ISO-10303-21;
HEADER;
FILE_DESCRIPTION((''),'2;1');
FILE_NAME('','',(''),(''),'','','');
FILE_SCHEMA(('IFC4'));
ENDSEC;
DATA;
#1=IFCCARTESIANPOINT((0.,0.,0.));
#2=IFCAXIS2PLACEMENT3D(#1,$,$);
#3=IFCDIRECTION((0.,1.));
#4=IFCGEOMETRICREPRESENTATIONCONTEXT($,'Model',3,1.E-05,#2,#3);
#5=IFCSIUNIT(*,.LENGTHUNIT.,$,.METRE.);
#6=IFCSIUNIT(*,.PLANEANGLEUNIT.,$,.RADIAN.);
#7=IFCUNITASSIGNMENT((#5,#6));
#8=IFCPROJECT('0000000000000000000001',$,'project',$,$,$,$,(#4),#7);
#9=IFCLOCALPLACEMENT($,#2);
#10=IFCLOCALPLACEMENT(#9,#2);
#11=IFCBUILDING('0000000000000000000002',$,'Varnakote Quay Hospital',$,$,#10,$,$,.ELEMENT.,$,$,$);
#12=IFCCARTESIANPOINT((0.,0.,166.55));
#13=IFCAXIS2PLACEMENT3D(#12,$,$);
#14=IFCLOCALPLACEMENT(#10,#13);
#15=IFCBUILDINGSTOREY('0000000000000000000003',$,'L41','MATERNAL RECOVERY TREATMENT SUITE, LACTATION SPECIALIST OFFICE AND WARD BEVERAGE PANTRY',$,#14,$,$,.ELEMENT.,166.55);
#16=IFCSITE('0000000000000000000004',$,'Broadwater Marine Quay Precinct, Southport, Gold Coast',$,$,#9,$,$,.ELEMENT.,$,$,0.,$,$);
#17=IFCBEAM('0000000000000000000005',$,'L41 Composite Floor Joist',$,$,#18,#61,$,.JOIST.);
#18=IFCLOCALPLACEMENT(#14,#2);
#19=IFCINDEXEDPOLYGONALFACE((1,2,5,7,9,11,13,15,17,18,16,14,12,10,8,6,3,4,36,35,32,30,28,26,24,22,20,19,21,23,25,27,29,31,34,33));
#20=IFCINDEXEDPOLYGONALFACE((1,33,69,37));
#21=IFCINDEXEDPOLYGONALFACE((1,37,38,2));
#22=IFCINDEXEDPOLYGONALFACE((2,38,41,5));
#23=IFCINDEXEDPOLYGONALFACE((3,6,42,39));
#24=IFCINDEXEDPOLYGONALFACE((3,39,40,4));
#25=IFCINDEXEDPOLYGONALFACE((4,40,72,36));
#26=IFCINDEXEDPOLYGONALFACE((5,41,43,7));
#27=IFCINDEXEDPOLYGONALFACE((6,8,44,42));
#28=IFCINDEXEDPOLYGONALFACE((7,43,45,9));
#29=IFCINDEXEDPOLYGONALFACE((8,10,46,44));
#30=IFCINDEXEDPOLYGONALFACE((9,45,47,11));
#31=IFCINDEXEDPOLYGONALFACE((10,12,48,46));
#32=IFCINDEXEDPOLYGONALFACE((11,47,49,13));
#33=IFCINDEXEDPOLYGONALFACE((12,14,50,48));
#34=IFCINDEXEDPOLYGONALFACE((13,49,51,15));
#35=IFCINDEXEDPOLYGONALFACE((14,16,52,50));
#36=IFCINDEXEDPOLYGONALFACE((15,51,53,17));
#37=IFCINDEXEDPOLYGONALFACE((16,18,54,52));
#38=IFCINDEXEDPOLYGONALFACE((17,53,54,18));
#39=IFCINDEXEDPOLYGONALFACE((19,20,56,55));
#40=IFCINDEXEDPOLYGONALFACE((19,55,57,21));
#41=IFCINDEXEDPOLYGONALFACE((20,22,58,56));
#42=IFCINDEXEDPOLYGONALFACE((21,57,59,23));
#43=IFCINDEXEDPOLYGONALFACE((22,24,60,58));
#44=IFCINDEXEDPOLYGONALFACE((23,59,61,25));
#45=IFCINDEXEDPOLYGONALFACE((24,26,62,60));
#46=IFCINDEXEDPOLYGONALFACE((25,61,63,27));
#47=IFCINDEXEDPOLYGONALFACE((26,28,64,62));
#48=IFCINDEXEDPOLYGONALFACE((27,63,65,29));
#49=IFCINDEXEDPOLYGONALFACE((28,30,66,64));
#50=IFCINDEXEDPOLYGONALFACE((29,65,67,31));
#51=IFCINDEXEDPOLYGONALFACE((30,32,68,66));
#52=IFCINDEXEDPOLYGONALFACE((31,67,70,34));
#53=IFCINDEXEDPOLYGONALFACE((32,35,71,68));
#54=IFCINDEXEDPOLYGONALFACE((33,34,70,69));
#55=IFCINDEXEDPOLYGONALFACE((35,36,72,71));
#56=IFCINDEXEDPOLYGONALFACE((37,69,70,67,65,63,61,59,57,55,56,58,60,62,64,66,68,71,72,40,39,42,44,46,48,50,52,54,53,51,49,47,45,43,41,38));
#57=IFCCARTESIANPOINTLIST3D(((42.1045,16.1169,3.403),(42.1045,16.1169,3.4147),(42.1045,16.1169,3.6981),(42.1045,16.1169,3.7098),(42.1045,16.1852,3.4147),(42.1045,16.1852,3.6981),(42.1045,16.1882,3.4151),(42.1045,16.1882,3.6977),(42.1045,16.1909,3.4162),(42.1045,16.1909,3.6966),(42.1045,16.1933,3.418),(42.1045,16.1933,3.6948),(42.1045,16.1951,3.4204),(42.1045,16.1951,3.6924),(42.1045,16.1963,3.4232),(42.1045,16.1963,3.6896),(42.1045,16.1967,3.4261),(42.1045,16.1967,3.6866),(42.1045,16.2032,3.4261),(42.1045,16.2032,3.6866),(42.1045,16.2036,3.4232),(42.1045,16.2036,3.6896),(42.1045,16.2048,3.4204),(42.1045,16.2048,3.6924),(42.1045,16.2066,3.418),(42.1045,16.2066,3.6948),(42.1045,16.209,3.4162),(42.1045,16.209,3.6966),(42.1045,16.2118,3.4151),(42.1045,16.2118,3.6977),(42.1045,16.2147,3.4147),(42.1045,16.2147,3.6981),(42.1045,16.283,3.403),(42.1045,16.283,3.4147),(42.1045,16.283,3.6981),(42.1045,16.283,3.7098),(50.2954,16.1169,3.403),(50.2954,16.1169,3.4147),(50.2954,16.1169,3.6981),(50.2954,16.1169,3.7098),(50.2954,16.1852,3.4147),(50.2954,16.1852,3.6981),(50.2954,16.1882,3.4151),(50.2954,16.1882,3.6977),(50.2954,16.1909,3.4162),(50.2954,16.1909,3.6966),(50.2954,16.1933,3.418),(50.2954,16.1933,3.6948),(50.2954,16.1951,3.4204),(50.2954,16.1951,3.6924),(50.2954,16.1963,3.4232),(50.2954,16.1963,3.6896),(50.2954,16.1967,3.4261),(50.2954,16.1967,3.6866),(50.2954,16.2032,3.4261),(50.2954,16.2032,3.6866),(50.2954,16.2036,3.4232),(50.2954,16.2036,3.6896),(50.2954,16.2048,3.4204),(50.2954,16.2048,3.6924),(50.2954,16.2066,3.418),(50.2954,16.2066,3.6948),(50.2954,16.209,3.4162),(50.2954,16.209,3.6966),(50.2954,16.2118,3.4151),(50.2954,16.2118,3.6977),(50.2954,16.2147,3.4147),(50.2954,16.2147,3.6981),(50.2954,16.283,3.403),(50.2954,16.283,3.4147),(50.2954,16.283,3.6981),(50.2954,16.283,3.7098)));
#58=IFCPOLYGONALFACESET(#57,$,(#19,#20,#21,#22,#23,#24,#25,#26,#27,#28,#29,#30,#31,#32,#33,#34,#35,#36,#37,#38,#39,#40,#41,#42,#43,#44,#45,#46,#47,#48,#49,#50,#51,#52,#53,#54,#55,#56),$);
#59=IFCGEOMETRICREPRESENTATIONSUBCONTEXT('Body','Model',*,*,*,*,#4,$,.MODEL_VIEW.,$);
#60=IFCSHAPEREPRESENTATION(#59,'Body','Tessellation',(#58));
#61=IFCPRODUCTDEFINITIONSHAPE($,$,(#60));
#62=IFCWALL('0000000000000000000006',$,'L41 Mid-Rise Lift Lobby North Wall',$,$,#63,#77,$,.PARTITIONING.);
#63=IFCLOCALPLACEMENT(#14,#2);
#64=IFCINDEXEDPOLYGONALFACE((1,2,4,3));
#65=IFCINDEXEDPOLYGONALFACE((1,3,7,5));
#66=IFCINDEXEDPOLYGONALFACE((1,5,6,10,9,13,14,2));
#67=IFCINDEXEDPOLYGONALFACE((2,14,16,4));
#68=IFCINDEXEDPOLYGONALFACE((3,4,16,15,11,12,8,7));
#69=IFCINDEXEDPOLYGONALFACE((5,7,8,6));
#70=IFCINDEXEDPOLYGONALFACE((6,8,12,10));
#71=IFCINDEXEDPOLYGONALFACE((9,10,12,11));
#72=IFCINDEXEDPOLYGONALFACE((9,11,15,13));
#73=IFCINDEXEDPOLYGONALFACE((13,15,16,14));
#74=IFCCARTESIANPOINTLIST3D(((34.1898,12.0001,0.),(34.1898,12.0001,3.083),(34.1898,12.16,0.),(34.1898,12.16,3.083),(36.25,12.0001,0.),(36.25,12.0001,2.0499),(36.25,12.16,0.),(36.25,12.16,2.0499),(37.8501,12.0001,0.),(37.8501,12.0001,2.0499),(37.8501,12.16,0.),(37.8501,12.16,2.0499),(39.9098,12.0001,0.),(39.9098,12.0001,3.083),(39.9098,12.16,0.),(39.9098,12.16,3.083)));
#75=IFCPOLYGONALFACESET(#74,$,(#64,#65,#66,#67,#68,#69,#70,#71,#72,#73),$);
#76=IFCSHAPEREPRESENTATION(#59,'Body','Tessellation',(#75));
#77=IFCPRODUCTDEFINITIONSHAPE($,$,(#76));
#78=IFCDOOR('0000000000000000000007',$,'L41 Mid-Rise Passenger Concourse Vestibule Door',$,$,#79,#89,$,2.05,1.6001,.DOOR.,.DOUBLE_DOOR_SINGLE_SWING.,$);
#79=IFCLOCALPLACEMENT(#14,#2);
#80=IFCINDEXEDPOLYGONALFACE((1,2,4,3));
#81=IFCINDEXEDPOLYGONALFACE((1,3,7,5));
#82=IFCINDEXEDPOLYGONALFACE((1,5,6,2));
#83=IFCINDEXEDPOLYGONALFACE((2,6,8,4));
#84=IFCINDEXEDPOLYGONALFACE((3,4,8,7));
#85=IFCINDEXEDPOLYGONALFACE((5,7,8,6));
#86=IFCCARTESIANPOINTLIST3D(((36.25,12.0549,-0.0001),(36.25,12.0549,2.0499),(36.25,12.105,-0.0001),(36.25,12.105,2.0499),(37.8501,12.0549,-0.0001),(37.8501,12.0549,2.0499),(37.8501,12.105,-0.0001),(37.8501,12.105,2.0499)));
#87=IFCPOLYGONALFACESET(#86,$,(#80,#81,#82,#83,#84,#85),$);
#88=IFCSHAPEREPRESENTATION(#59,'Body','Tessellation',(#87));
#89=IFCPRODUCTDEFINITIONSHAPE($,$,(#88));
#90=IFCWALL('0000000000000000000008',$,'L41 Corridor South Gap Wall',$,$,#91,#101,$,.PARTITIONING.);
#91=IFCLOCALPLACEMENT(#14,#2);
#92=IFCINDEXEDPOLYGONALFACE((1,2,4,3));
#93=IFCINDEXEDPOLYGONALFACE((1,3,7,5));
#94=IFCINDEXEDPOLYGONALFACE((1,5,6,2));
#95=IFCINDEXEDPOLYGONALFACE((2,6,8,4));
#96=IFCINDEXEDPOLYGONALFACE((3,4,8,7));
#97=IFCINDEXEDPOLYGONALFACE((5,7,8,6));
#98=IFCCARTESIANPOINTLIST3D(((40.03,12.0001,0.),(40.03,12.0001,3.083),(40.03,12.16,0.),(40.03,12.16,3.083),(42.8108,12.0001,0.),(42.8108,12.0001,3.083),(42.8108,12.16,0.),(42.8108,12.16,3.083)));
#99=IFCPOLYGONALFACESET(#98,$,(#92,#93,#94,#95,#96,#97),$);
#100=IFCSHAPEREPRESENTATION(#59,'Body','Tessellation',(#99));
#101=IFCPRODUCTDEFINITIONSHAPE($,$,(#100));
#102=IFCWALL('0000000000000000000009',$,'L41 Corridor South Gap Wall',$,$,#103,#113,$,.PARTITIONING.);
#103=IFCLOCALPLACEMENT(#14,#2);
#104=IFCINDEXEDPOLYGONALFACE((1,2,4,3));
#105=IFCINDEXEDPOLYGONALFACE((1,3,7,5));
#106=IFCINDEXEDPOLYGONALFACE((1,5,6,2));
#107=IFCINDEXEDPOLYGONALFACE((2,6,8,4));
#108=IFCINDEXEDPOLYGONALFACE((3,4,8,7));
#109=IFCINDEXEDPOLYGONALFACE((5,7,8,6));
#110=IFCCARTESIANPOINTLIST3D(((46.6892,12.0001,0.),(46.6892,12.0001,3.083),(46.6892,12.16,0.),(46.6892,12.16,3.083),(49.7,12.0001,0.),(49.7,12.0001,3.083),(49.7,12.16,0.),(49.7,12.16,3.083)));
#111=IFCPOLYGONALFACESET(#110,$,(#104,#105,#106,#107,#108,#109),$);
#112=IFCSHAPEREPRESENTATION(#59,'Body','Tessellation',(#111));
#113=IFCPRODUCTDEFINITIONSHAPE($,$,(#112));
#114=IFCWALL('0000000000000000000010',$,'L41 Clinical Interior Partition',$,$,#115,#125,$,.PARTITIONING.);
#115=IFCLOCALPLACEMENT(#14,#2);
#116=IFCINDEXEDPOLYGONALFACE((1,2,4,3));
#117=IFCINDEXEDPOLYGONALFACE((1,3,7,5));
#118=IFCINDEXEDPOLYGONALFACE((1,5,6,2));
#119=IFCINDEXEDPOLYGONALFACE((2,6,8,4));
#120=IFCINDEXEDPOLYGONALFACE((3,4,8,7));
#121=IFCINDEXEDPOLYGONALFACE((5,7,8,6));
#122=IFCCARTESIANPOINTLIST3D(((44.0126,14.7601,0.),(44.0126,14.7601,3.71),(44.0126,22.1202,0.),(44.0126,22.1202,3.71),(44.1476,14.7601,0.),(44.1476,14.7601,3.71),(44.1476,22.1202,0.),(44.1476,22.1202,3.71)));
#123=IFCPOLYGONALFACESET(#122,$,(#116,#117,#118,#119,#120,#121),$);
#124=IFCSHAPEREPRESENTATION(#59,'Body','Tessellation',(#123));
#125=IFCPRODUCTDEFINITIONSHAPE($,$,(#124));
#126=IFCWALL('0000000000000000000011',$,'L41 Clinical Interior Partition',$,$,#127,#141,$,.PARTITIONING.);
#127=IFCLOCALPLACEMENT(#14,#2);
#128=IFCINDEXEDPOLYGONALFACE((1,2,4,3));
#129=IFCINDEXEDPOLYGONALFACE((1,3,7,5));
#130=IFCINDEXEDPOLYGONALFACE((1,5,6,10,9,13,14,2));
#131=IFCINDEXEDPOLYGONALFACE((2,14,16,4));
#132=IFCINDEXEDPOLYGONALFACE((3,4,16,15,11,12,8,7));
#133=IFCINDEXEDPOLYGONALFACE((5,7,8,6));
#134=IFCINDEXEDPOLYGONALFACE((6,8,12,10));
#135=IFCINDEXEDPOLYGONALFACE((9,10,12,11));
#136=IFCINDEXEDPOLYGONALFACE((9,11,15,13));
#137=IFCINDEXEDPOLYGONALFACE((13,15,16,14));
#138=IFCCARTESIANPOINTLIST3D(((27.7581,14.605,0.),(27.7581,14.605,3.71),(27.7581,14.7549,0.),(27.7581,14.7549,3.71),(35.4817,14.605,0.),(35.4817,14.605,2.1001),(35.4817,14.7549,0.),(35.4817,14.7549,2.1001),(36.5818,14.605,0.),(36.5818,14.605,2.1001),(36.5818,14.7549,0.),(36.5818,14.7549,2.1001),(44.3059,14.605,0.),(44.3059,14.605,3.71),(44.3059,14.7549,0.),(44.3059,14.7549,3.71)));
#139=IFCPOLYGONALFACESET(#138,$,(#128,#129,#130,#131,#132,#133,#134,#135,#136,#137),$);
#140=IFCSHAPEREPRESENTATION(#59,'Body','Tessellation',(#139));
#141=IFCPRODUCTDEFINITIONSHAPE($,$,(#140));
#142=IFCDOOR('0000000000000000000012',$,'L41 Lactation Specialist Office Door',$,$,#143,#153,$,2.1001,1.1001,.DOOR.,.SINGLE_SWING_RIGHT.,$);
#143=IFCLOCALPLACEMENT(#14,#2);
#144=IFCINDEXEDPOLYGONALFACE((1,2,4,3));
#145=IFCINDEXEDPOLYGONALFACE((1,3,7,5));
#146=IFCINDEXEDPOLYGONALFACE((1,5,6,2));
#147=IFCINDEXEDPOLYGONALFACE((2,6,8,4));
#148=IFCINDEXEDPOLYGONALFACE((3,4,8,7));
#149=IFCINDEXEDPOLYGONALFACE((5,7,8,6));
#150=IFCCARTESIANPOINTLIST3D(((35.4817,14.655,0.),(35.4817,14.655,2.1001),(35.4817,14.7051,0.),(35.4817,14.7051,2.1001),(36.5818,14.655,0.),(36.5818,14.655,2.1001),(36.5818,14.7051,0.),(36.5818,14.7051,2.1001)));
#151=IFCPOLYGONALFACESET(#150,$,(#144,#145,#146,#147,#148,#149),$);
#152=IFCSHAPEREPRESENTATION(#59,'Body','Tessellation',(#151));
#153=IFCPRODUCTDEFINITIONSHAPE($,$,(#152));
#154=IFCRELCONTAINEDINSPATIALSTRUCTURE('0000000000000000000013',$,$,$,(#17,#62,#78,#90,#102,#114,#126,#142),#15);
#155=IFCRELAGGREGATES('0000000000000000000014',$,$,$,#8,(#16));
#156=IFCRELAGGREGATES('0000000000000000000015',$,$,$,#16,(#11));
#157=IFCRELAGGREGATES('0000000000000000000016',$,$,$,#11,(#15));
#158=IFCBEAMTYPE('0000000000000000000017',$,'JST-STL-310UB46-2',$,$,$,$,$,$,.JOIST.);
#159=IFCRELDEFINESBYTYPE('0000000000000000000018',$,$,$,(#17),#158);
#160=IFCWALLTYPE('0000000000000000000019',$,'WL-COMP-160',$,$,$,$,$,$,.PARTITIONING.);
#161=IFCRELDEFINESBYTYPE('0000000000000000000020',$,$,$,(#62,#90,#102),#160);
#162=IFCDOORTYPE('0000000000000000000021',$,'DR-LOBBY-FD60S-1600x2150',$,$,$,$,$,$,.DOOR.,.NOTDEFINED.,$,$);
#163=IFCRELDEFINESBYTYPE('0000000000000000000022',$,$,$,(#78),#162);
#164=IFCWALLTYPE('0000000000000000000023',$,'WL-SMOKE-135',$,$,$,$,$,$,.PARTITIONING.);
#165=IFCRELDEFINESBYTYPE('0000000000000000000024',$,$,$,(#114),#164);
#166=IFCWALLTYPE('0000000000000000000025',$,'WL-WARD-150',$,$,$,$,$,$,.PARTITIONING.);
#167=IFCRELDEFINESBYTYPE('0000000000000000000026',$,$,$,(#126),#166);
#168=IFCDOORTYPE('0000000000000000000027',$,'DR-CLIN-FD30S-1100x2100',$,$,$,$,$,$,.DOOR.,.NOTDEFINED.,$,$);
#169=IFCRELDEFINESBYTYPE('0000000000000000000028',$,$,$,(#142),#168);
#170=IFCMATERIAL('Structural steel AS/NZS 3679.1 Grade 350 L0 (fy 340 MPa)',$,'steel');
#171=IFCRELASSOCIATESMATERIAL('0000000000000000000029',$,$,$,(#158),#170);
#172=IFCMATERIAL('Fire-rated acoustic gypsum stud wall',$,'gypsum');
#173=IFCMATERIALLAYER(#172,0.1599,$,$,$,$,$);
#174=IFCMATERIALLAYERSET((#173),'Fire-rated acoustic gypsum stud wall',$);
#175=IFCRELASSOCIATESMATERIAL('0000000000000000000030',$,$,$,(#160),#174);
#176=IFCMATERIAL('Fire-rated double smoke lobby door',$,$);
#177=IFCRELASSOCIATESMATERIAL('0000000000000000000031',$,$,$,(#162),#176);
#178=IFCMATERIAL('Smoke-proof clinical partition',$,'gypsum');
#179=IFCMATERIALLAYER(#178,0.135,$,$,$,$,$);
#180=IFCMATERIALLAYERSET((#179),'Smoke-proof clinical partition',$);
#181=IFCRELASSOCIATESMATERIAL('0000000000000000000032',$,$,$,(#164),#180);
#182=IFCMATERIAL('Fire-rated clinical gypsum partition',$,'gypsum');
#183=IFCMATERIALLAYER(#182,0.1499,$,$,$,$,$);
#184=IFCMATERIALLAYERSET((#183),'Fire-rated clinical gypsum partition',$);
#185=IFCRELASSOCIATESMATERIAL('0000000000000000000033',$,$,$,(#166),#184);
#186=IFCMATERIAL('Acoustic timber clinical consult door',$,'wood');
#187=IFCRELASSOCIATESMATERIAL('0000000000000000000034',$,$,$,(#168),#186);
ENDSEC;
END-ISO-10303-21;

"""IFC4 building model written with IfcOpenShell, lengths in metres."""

from ifc_helpers import new_model, si_unit, direction, frame, frame_2d, origin, origin_2d, place, context, subcontext, project, spatial, rectangle, i_section, extrude, material, layer, layer_set, material_profile, profile_set, type_object, element, fill, save


model = new_model("IFC4")

# Units and contexts
model_context = context("Model", 3, precision=1e-05, world=origin(), true_north=direction((0.0, 1.0)))
body_context = subcontext(model_context, "Body", "Model", "MODEL_VIEW")
ifc_project = project(units=[si_unit("LENGTHUNIT", "METRE"), si_unit("PLANEANGLEUNIT", "RADIAN")], contexts=[model_context])

# Site, building, storey
site_placement = place(None, origin())
site = spatial("IfcSite", under=ifc_project, at=site_placement, Name="Broadwater Marine Quay Precinct, Southport, Gold Coast", CompositionType="ELEMENT", RefElevation=0.0)
building_placement = place(site_placement, origin())
building = spatial("IfcBuilding", under=site, at=building_placement, Name="Varnakote Quay Hospital", CompositionType="ELEMENT")
storey_placement = place(building_placement, frame((0.0, 0.0, 166.55)))
storey = spatial("IfcBuildingStorey", under=building, at=storey_placement, Name="L41", Description="MATERNAL RECOVERY TREATMENT SUITE, LACTATION SPECIALIST OFFICE AND WARD BEVERAGE PANTRY", CompositionType="ELEMENT", Elevation=166.55)

# Beam
ifc_material_1 = material(Name="Structural steel AS/NZS 3679.1 Grade 350 L0 (fy 340 MPa)", Category="steel")
ifc_material_profile_1 = material_profile(ifc_material_1, i_section(OverallWidth=0.166, OverallDepth=0.3069, WebThickness=0.0066, FlangeThickness=0.0117, FilletRadius=0.0115, at=origin_2d()), Name="310UB46.2")
ifc_profile_set_1 = profile_set([ifc_material_profile_1], Name="Structural steel AS/NZS 3679.1 Grade 350 L0 (fy 340 MPa)")
beam_type_1 = type_object("IfcBeamType", Name="JST-STL-310UB46-2", PredefinedType="JOIST", material=ifc_profile_set_1)
for number, where, z_axis, x_axis, name in (
    (1, (42.1045, 16.2, 3.5564), (1.0, 0.0, 0.0), (0.0, 1.0, 0.0), "L41 Composite Floor Joist"),
):
    element("IfcBeam", number, at=place(storey_placement, frame(where, z_axis=z_axis, x_axis=x_axis)), inside=storey, type_object=beam_type_1, Name=name, PredefinedType="JOIST", context=body_context, shape_type="SweptSolid", body=[
        extrude(i_section(OverallWidth=0.166, OverallDepth=0.3069, WebThickness=0.0066, FlangeThickness=0.0117, FilletRadius=0.0115, at=origin_2d()), origin(), (0.0, 0.0, 1.0), 8.1909),
    ])

# Wall, opening, door
ifc_material_2 = material(Name="Fire-rated acoustic gypsum stud wall", Category="gypsum")
ifc_layer_1 = layer(ifc_material_2, 0.1599)
ifc_layer_set_1 = layer_set([ifc_layer_1], Name="Fire-rated acoustic gypsum stud wall")
wall_type_1 = type_object("IfcWallType", Name="WL-COMP-160", PredefinedType="PARTITIONING", material=ifc_layer_set_1)
wall_1_placement = place(storey_placement, frame((34.1899, 12.0801, 0.0), z_axis=(0.0, 0.0, 1.0), x_axis=(1.0, 0.0, 0.0)))
wall_1 = element("IfcWall", 2, at=wall_1_placement, inside=storey, type_object=wall_type_1, Name="L41 Mid-Rise Lift Lobby North Wall", PredefinedType="PARTITIONING", context=body_context, shape_type="SweptSolid", body=[
    extrude(rectangle(XDim=5.72, YDim=0.1599, at=frame_2d((2.8599, 0.0))), origin(), (0.0, 0.0, 1.0), 3.083),
])
opening_1_placement = place(wall_1_placement, frame((2.0601, 0.0, 0.0)))
opening_1 = element("IfcOpeningElement", 3, at=opening_1_placement, cuts=wall_1, PredefinedType="OPENING", context=body_context, shape_type="SweptSolid", body=[
    extrude(rectangle(XDim=1.6001, YDim=2.05, at=frame_2d((0.8, 1.0249))), frame((0.0, 0.0898, 0.0), z_axis=(0.0, -1.0, 0.0), x_axis=(1.0, 0.0, 0.0)), (0.0, 0.0, 1.0), 0.1799),
])
ifc_material_3 = material(Name="Fire-rated double smoke lobby door")
door_type_1 = type_object("IfcDoorType", Name="DR-LOBBY-FD60S-1600x2150", OperationType="NOTDEFINED", PredefinedType="DOOR", material=ifc_material_3)
door_1_placement = place(opening_1_placement, origin())
door_1 = element("IfcDoor", 4, at=door_1_placement, inside=storey, type_object=door_type_1, Name="L41 Mid-Rise Passenger Concourse Vestibule Door", OperationType="DOUBLE_DOOR_SINGLE_SWING", OverallHeight=2.05, OverallWidth=1.6001, PredefinedType="DOOR", context=body_context, shape_type="SweptSolid", body=[
    extrude(rectangle(XDim=1.6001, YDim=2.05, at=frame_2d((0.8, 1.0249))), frame((0.0, 0.0249, 0.0), z_axis=(0.0, -1.0, 0.0), x_axis=(1.0, 0.0, 0.0)), (0.0, 0.0, 1.0), 0.05),
])
fill(opening_1, door_1)

# Walls
wall_2_placement = place(storey_placement, frame((40.03, 12.0801, 0.0), z_axis=(0.0, 0.0, 1.0), x_axis=(1.0, 0.0, 0.0)))
element("IfcWall", 5, at=wall_2_placement, inside=storey, type_object=wall_type_1, Name="L41 Corridor South Gap Wall", PredefinedType="PARTITIONING", context=body_context, shape_type="SweptSolid", body=[
    extrude(rectangle(XDim=2.7808, YDim=0.1599, at=frame_2d((1.3904, 0.0))), origin(), (0.0, 0.0, 1.0), 3.083),
])
wall_3_placement = place(storey_placement, frame((46.6892, 12.0801, 0.0), z_axis=(0.0, 0.0, 1.0), x_axis=(1.0, 0.0, 0.0)))
element("IfcWall", 6, at=wall_3_placement, inside=storey, type_object=wall_type_1, Name="L41 Corridor South Gap Wall", PredefinedType="PARTITIONING", context=body_context, shape_type="SweptSolid", body=[
    extrude(rectangle(XDim=3.0107, YDim=0.1599, at=frame_2d((1.5054, 0.0))), origin(), (0.0, 0.0, 1.0), 3.083),
])

# Wall
ifc_material_4 = material(Name="Smoke-proof clinical partition", Category="gypsum")
ifc_layer_2 = layer(ifc_material_4, 0.135)
ifc_layer_set_2 = layer_set([ifc_layer_2], Name="Smoke-proof clinical partition")
wall_type_2 = type_object("IfcWallType", Name="WL-SMOKE-135", PredefinedType="PARTITIONING", material=ifc_layer_set_2)
wall_4_placement = place(storey_placement, frame((44.0801, 14.76, 0.0), z_axis=(0.0, 0.0, 1.0), x_axis=(0.0, 1.0, 0.0)))
element("IfcWall", 7, at=wall_4_placement, inside=storey, type_object=wall_type_2, Name="L41 Clinical Interior Partition", PredefinedType="PARTITIONING", context=body_context, shape_type="SweptSolid", body=[
    extrude(rectangle(XDim=7.3601, YDim=0.135, at=frame_2d((3.6802, 0.0))), origin(), (0.0, 0.0, 1.0), 3.71),
])

# Wall, opening, door
ifc_material_5 = material(Name="Fire-rated clinical gypsum partition", Category="gypsum")
ifc_layer_3 = layer(ifc_material_5, 0.1499)
ifc_layer_set_3 = layer_set([ifc_layer_3], Name="Fire-rated clinical gypsum partition")
wall_type_3 = type_object("IfcWallType", Name="WL-WARD-150", PredefinedType="PARTITIONING", material=ifc_layer_set_3)
wall_5_placement = place(storey_placement, frame((44.3059, 14.6799, 0.0), z_axis=(0.0, 0.0, 1.0), x_axis=(-1.0, 0.0, 0.0)))
wall_5 = element("IfcWall", 8, at=wall_5_placement, inside=storey, type_object=wall_type_3, Name="L41 Clinical Interior Partition", PredefinedType="PARTITIONING", context=body_context, shape_type="SweptSolid", body=[
    extrude(rectangle(XDim=16.5479, YDim=0.1499, at=frame_2d((8.2739, 0.0))), origin(), (0.0, 0.0, 1.0), 3.71),
])
opening_2_placement = place(wall_5_placement, frame((7.7241, 0.0, 0.0)))
opening_2 = element("IfcOpeningElement", 9, at=opening_2_placement, cuts=wall_5, PredefinedType="OPENING", context=body_context, shape_type="SweptSolid", body=[
    extrude(rectangle(XDim=1.1001, YDim=2.1001, at=frame_2d((0.55, 1.05))), frame((0.0, 0.085, 0.0), z_axis=(0.0, -1.0, 0.0), x_axis=(1.0, 0.0, 0.0)), (0.0, 0.0, 1.0), 0.1699),
])
ifc_material_6 = material(Name="Acoustic timber clinical consult door", Category="wood")
door_type_2 = type_object("IfcDoorType", Name="DR-CLIN-FD30S-1100x2100", OperationType="NOTDEFINED", PredefinedType="DOOR", material=ifc_material_6)
door_2_placement = place(opening_2_placement, origin())
door_2 = element("IfcDoor", 10, at=door_2_placement, inside=storey, type_object=door_type_2, Name="L41 Lactation Specialist Office Door", OperationType="SINGLE_SWING_RIGHT", OverallHeight=2.1001, OverallWidth=1.1001, PredefinedType="DOOR", context=body_context, shape_type="SweptSolid", body=[
    extrude(rectangle(XDim=1.1001, YDim=2.1001, at=frame_2d((0.55, 1.05))), frame((0.0, 0.0249, 0.0), z_axis=(0.0, -1.0, 0.0), x_axis=(1.0, 0.0, 0.0)), (0.0, 0.0, 1.0), 0.05),
])
fill(opening_2, door_2)

save(model, "model.ifc")
